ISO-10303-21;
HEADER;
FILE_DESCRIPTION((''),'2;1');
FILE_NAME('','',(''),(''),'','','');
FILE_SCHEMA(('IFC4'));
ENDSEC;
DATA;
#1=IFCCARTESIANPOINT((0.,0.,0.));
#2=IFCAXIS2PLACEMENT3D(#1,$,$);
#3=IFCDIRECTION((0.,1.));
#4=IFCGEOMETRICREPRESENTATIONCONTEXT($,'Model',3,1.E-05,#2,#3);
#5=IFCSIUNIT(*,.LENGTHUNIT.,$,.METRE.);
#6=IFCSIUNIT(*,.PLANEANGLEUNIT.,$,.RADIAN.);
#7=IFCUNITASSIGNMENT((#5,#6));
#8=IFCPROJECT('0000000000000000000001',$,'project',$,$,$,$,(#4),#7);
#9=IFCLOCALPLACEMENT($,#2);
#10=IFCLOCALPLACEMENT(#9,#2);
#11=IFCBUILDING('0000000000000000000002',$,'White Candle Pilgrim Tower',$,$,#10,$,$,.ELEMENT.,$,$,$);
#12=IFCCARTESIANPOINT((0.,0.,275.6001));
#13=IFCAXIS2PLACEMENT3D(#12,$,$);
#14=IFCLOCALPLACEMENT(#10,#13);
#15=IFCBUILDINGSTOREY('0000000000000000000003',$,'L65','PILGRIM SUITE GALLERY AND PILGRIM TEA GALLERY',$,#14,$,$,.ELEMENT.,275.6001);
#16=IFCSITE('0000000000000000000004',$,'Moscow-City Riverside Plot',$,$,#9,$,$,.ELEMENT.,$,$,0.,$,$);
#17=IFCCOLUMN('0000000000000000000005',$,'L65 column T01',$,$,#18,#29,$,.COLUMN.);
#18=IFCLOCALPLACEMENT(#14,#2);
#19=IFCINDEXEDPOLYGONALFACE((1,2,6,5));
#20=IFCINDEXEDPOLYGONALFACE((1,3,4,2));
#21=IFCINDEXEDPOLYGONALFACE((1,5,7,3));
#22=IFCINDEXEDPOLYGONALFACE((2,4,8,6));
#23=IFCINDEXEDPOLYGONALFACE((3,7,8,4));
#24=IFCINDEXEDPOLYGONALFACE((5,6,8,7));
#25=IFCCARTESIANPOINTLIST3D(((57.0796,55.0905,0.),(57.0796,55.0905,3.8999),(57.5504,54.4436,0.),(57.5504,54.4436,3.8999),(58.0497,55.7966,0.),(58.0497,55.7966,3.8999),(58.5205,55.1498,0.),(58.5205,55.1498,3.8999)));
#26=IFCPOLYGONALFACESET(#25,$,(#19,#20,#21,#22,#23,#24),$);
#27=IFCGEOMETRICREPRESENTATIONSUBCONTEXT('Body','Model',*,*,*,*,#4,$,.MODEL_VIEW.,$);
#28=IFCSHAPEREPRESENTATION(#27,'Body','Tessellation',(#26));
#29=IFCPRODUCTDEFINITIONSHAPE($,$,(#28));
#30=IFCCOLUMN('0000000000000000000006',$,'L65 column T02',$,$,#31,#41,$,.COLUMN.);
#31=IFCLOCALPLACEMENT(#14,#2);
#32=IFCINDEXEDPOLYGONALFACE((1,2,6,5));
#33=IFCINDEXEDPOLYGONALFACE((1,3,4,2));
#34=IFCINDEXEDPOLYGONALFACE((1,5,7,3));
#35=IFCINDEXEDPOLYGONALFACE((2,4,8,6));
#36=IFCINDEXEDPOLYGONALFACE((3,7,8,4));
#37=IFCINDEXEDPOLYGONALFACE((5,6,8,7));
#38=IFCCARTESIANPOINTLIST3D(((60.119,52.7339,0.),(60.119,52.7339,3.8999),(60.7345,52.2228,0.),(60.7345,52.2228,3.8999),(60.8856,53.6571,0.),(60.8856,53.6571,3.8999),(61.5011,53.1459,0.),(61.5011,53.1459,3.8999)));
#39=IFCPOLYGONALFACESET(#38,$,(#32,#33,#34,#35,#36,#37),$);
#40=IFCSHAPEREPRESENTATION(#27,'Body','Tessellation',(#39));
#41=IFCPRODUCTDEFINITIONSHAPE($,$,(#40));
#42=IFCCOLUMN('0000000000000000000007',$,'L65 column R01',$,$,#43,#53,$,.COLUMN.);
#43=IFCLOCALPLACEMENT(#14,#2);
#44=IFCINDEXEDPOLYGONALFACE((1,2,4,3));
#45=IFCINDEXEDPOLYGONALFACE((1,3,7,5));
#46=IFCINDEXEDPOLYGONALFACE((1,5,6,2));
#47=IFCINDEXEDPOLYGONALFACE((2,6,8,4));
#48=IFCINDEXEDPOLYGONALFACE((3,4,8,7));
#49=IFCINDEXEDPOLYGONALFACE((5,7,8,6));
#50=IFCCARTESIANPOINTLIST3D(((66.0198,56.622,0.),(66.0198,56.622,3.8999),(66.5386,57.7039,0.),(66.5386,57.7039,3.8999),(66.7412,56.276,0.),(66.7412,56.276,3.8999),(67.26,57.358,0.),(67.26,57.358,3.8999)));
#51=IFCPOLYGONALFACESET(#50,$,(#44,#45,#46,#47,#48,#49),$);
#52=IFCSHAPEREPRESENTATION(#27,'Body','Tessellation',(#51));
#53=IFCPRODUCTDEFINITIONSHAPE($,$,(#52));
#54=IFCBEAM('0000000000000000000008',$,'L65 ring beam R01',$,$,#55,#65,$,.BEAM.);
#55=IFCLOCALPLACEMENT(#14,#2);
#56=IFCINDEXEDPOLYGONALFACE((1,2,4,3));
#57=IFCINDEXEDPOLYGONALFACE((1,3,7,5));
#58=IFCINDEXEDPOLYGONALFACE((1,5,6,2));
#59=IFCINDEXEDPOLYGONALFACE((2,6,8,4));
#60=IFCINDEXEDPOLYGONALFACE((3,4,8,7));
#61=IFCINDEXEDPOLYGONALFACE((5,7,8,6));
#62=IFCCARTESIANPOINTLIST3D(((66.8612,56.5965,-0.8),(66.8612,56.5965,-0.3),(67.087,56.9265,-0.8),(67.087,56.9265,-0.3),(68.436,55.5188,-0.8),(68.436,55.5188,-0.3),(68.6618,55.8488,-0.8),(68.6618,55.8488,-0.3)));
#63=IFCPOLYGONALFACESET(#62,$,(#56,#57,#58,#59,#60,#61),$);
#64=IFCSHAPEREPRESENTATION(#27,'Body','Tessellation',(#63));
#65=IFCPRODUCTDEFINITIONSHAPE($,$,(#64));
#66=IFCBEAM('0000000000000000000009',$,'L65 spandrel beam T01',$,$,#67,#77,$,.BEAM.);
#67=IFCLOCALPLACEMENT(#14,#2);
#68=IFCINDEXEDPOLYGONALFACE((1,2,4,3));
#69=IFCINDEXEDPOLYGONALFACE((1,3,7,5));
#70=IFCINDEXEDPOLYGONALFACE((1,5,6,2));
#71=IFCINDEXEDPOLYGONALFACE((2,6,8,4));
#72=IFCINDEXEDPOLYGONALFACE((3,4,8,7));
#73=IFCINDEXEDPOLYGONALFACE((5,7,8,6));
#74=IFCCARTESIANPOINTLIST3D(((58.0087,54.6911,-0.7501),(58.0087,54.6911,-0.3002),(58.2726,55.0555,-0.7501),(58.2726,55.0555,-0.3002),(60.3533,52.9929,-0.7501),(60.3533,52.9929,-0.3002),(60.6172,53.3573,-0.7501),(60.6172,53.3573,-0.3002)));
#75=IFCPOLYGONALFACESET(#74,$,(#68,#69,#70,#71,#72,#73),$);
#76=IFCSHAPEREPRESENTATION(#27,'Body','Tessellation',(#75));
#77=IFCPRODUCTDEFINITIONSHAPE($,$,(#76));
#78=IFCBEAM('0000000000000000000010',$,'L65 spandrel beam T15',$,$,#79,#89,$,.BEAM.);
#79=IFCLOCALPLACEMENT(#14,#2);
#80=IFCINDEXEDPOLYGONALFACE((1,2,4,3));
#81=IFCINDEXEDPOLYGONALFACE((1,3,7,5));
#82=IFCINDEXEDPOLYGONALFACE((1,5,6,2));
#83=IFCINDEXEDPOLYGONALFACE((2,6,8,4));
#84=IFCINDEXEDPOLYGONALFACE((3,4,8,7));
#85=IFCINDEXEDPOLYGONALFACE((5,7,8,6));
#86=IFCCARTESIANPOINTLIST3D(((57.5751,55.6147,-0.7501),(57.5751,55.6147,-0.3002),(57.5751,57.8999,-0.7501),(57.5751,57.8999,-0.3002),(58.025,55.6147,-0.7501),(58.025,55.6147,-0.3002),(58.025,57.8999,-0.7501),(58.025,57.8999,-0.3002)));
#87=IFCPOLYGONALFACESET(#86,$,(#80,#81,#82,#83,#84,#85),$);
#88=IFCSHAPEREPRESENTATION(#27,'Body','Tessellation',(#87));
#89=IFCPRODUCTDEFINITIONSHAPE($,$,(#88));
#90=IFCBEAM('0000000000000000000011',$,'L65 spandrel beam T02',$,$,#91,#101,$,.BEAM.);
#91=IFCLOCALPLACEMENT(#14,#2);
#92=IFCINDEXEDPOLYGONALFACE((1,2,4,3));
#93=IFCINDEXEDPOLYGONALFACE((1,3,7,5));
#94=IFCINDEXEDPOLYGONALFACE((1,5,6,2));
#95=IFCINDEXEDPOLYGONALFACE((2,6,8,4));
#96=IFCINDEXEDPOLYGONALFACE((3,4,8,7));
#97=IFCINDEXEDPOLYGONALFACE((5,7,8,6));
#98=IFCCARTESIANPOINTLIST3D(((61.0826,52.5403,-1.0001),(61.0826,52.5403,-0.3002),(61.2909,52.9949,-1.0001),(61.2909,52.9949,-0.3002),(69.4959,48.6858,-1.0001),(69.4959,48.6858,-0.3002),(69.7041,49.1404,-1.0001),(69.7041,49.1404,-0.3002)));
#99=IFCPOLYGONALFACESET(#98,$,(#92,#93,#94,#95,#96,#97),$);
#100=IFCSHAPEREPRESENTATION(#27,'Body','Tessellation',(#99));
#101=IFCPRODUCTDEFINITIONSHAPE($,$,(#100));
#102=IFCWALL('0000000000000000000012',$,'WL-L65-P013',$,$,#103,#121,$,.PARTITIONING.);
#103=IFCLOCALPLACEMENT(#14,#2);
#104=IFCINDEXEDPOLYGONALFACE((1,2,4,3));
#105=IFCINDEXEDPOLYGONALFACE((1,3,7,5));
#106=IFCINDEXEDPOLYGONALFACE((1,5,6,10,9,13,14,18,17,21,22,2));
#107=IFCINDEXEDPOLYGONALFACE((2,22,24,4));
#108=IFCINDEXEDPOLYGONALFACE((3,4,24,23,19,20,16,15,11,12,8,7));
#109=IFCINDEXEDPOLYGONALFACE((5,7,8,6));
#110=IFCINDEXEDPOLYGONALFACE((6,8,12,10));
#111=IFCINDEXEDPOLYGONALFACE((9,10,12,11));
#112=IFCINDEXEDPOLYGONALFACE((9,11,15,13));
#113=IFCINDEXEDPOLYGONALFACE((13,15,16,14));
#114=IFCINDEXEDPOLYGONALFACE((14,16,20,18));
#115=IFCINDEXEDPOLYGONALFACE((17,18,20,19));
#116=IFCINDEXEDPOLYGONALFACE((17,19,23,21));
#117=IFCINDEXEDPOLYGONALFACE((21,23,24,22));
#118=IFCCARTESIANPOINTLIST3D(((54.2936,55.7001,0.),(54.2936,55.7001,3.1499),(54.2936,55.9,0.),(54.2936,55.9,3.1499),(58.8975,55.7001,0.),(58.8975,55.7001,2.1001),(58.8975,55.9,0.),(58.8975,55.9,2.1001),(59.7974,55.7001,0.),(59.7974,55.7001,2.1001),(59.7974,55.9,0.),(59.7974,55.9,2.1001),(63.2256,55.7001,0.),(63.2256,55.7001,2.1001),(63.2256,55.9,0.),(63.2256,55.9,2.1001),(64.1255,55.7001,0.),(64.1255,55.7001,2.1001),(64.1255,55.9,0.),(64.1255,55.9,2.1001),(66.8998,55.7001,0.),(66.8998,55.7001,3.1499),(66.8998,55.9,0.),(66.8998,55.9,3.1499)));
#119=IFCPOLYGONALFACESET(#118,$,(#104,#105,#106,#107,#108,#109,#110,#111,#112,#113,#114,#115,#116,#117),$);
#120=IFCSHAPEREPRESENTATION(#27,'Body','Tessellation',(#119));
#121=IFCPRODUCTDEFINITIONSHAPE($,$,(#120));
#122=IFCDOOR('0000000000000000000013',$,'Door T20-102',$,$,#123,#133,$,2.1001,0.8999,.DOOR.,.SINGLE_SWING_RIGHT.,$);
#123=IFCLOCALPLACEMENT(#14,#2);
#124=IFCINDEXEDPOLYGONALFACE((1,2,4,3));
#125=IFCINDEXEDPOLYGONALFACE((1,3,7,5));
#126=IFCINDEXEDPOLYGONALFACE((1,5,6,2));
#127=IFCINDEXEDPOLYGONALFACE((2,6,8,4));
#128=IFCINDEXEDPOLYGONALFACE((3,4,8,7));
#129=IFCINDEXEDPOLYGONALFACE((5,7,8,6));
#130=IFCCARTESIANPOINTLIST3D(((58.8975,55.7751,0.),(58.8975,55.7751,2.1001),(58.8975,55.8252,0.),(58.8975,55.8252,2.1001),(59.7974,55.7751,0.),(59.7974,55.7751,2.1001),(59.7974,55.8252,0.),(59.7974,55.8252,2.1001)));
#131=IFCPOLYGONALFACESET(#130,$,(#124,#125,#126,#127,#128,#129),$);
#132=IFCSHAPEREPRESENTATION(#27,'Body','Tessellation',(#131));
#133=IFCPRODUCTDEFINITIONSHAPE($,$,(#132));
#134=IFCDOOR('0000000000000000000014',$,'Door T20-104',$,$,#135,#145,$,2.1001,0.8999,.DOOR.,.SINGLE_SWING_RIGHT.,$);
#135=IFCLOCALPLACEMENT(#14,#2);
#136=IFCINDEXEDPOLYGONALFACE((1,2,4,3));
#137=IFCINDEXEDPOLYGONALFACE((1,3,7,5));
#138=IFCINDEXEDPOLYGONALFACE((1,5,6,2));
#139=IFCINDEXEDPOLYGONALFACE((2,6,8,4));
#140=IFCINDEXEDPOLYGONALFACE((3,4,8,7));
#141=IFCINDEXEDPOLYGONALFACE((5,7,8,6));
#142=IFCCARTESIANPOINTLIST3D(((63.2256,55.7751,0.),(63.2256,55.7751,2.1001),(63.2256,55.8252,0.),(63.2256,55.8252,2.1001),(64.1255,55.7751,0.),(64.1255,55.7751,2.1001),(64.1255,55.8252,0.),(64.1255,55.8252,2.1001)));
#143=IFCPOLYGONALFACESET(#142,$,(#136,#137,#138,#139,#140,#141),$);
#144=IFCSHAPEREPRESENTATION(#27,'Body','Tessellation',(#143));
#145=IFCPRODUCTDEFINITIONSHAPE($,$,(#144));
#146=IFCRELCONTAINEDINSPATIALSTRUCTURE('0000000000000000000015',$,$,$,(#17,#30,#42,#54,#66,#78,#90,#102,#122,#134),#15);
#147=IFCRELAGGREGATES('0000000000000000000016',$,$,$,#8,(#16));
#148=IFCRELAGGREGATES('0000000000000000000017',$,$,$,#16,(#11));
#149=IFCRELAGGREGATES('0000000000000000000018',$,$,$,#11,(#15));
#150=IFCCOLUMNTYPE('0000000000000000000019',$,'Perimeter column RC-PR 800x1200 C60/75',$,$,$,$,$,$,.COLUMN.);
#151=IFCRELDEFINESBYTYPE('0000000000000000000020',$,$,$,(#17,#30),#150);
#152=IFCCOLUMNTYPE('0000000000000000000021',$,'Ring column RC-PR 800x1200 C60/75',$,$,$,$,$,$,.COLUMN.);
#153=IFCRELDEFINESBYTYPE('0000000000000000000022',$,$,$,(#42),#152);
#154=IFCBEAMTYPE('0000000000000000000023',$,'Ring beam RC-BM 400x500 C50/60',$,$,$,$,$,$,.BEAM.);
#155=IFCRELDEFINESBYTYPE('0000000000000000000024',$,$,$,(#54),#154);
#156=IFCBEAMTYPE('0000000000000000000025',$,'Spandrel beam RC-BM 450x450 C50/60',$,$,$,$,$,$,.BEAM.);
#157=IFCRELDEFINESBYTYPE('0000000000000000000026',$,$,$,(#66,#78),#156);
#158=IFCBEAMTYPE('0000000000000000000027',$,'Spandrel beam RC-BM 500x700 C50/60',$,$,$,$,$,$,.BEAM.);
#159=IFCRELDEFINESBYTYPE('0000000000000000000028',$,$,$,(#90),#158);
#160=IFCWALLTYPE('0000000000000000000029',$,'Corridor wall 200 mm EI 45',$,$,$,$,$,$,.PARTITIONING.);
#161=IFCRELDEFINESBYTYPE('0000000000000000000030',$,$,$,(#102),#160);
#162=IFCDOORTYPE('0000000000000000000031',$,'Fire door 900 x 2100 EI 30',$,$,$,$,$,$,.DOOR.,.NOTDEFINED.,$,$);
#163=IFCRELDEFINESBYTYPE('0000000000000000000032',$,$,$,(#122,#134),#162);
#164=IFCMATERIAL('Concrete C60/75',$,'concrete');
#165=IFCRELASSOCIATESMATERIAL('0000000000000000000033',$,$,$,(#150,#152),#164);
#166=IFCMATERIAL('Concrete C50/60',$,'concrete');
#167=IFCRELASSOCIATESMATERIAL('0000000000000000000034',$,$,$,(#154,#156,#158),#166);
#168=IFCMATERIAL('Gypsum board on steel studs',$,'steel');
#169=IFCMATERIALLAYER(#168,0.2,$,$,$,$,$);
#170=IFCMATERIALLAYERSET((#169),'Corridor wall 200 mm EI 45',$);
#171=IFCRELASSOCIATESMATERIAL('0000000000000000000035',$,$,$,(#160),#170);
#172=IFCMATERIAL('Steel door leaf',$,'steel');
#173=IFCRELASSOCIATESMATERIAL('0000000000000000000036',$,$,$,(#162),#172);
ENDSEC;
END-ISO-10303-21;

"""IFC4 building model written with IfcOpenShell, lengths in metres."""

from ifc_helpers import new_model, si_unit, direction, frame, frame_2d, origin, origin_2d, place, context, subcontext, project, spatial, rectangle, extrude, material, layer, layer_set, material_profile, profile_set, type_object, element, fill, save


model = new_model("IFC4")

# Units and contexts
model_context = context("Model", 3, precision=1e-05, world=origin(), true_north=direction((0.0, 1.0)))
body_context = subcontext(model_context, "Body", "Model", "MODEL_VIEW")
ifc_project = project(units=[si_unit("LENGTHUNIT", "METRE"), si_unit("PLANEANGLEUNIT", "RADIAN")], contexts=[model_context])

# Site, building, storey
site_placement = place(None, origin())
site = spatial("IfcSite", under=ifc_project, at=site_placement, Name="Moscow-City Riverside Plot", CompositionType="ELEMENT", RefElevation=0.0)
building_placement = place(site_placement, origin())
building = spatial("IfcBuilding", under=site, at=building_placement, Name="White Candle Pilgrim Tower", CompositionType="ELEMENT")
storey_placement = place(building_placement, frame((0.0, 0.0, 275.6001)))
storey = spatial("IfcBuildingStorey", under=building, at=storey_placement, Name="L65", Description="PILGRIM SUITE GALLERY AND PILGRIM TEA GALLERY", CompositionType="ELEMENT", Elevation=275.6001)

# Columns
ifc_material_1 = material(Name="Concrete C60/75", Category="concrete")
ifc_material_profile_1 = material_profile(ifc_material_1, rectangle(XDim=0.8, YDim=1.2, at=origin_2d()), Name="RC-PR 800x1200")
ifc_profile_set_1 = profile_set([ifc_material_profile_1], Name="Concrete C60/75")
column_type_1 = type_object("IfcColumnType", Name="Perimeter column RC-PR 800x1200 C60/75", PredefinedType="COLUMN", material=ifc_profile_set_1)
for number, where, z_axis, x_axis, name in (
    (1, (57.8, 55.1201, 0.0), (0.0, 0.0, 1.0), (-0.588463, 0.808524, 0.0), "L65 column T01"),
    (2, (60.8101, 52.9399, 0.0), (0.0, 0.0, 1.0), (-0.76931, 0.638875, 0.0), "L65 column T02"),
):
    element("IfcColumn", number, at=place(storey_placement, frame(where, z_axis=z_axis, x_axis=x_axis)), inside=storey, type_object=column_type_1, Name=name, PredefinedType="COLUMN", context=body_context, shape_type="SweptSolid", body=[
        extrude(rectangle(XDim=0.8, YDim=1.2, at=origin_2d()), origin(), (0.0, 0.0, 1.0), 3.8999),
    ])
ifc_material_profile_2 = material_profile(ifc_material_1, rectangle(XDim=0.8, YDim=1.2, at=origin_2d()), Name="RC-PR 800x1200")
ifc_profile_set_2 = profile_set([ifc_material_profile_2], Name="Concrete C60/75")
column_type_2 = type_object("IfcColumnType", Name="Ring column RC-PR 800x1200 C60/75", PredefinedType="COLUMN", material=ifc_profile_set_2)
column_placement = place(storey_placement, frame((66.6399, 56.99, 0.0), z_axis=(0.0, 0.0, 1.0), x_axis=(-0.901689, 0.432385, 0.0)))
element("IfcColumn", 3, at=column_placement, inside=storey, type_object=column_type_2, Name="L65 column R01", PredefinedType="COLUMN", context=body_context, shape_type="SweptSolid", body=[
    extrude(rectangle(XDim=0.8, YDim=1.2, at=origin_2d()), origin(), (0.0, 0.0, 1.0), 3.8999),
])

# Beams
ifc_material_2 = material(Name="Concrete C50/60", Category="concrete")
ifc_material_profile_3 = material_profile(ifc_material_2, rectangle(XDim=0.3999, YDim=0.5, at=origin_2d()), Name="RC-BM 400x500")
ifc_profile_set_3 = profile_set([ifc_material_profile_3], Name="Concrete C50/60")
beam_type_1 = type_object("IfcBeamType", Name="Ring beam RC-BM 400x500 C50/60", PredefinedType="BEAM", material=ifc_profile_set_3)
beam_1_placement = place(storey_placement, frame((66.9741, 56.7615, -0.55), z_axis=(0.825257, -0.564757, 0.0), x_axis=(0.564757, 0.825257, 0.0)))
element("IfcBeam", 4, at=beam_1_placement, inside=storey, type_object=beam_type_1, Name="L65 ring beam R01", PredefinedType="BEAM", context=body_context, shape_type="SweptSolid", body=[
    extrude(rectangle(XDim=0.3999, YDim=0.5, at=origin_2d()), origin(), (0.0, 0.0, 1.0), 1.9082),
])
ifc_material_profile_4 = material_profile(ifc_material_2, rectangle(XDim=0.45, YDim=0.45, at=origin_2d()), Name="RC-BM 450x450")
ifc_profile_set_4 = profile_set([ifc_material_profile_4], Name="Concrete C50/60")
beam_type_2 = type_object("IfcBeamType", Name="Spandrel beam RC-BM 450x450 C50/60", PredefinedType="BEAM", material=ifc_profile_set_4)
beam_2_placement = place(storey_placement, frame((58.1406, 54.8733, -0.5251), z_axis=(0.809887, -0.586586, 0.0), x_axis=(0.586586, 0.809887, 0.0)))
element("IfcBeam", 5, at=beam_2_placement, inside=storey, type_object=beam_type_2, Name="L65 spandrel beam T01", PredefinedType="BEAM", context=body_context, shape_type="SweptSolid", body=[
    extrude(rectangle(XDim=0.45, YDim=0.45, at=origin_2d()), origin(), (0.0, 0.0, 1.0), 2.895),
])
beam_3_placement = place(storey_placement, frame((57.8, 55.6147, -0.5251), z_axis=(0.0, 1.0, 0.0), x_axis=(-1.0, 0.0, 0.0)))
element("IfcBeam", 6, at=beam_3_placement, inside=storey, type_object=beam_type_2, Name="L65 spandrel beam T15", PredefinedType="BEAM", context=body_context, shape_type="SweptSolid", body=[
    extrude(rectangle(XDim=0.45, YDim=0.45, at=origin_2d()), origin(), (0.0, 0.0, 1.0), 2.2852),
])
ifc_material_profile_5 = material_profile(ifc_material_2, rectangle(XDim=0.5, YDim=0.7, at=origin_2d()), Name="RC-BM 500x700")
ifc_profile_set_5 = profile_set([ifc_material_profile_5], Name="Concrete C50/60")
beam_type_3 = type_object("IfcBeamType", Name="Spandrel beam RC-BM 500x700 C50/60", PredefinedType="BEAM", material=ifc_profile_set_5)
beam_4_placement = place(storey_placement, frame((61.1868, 52.7676, -0.6501), z_axis=(0.909131, -0.41651, 0.0), x_axis=(0.41651, 0.909131, 0.0)))
element("IfcBeam", 7, at=beam_4_placement, inside=storey, type_object=beam_type_3, Name="L65 spandrel beam T02", PredefinedType="BEAM", context=body_context, shape_type="SweptSolid", body=[
    extrude(rectangle(XDim=0.5, YDim=0.7, at=origin_2d()), origin(), (0.0, 0.0, 1.0), 9.2542),
])

# Wall, openings, doors
ifc_material_3 = material(Name="Gypsum board on steel studs", Category="steel")
ifc_layer_1 = layer(ifc_material_3, 0.2)
ifc_layer_set_1 = layer_set([ifc_layer_1], Name="Corridor wall 200 mm EI 45")
wall_type_1 = type_object("IfcWallType", Name="Corridor wall 200 mm EI 45", PredefinedType="PARTITIONING", material=ifc_layer_set_1)
wall_1_placement = place(storey_placement, frame((66.8999, 55.8, 0.0), z_axis=(0.0, 0.0, 1.0), x_axis=(-1.0, 0.0, 0.0)))
wall_1 = element("IfcWall", 8, at=wall_1_placement, inside=storey, type_object=wall_type_1, Name="WL-L65-P013", PredefinedType="PARTITIONING", context=body_context, shape_type="SweptSolid", body=[
    extrude(rectangle(XDim=12.6062, YDim=0.2, at=frame_2d((6.3032, 0.0))), origin(), (0.0, 0.0, 1.0), 3.1499),
])
opening_1_placement = place(wall_1_placement, frame((7.1025, 0.0, 0.0)))
opening_1 = element("IfcOpeningElement", 9, at=opening_1_placement, cuts=wall_1, PredefinedType="OPENING", context=body_context, shape_type="SweptSolid", body=[
    extrude(rectangle(XDim=0.8999, YDim=2.1001, at=frame_2d((0.45, 1.05))), frame((0.0, 0.1099, 0.0), z_axis=(0.0, -1.0, 0.0), x_axis=(1.0, 0.0, 0.0)), (0.0, 0.0, 1.0), 0.22),
])
opening_2_placement = place(wall_1_placement, frame((2.7744, 0.0, 0.0)))
opening_2 = element("IfcOpeningElement", 10, at=opening_2_placement, cuts=wall_1, PredefinedType="OPENING", context=body_context, shape_type="SweptSolid", body=[
    extrude(rectangle(XDim=0.8999, YDim=2.1001, at=frame_2d((0.45, 1.05))), frame((0.0, 0.1099, 0.0), z_axis=(0.0, -1.0, 0.0), x_axis=(1.0, 0.0, 0.0)), (0.0, 0.0, 1.0), 0.22),
])
ifc_material_4 = material(Name="Steel door leaf", Category="steel")
door_type_1 = type_object("IfcDoorType", Name="Fire door 900 x 2100 EI 30", OperationType="NOTDEFINED", PredefinedType="DOOR", material=ifc_material_4)
door_1_placement = place(opening_1_placement, origin())
door_1 = element("IfcDoor", 11, at=door_1_placement, inside=storey, type_object=door_type_1, Name="Door T20-102", OperationType="SINGLE_SWING_RIGHT", OverallHeight=2.1001, OverallWidth=0.8999, PredefinedType="DOOR", context=body_context, shape_type="SweptSolid", body=[
    extrude(rectangle(XDim=0.8999, YDim=2.1001, at=frame_2d((0.45, 1.05))), frame((0.0, 0.0249, 0.0), z_axis=(0.0, -1.0, 0.0), x_axis=(1.0, 0.0, 0.0)), (0.0, 0.0, 1.0), 0.05),
])
fill(opening_1, door_1)
door_2_placement = place(opening_2_placement, origin())
door_2 = element("IfcDoor", 12, at=door_2_placement, inside=storey, type_object=door_type_1, Name="Door T20-104", OperationType="SINGLE_SWING_RIGHT", OverallHeight=2.1001, OverallWidth=0.8999, PredefinedType="DOOR", context=body_context, shape_type="SweptSolid", body=[
    extrude(rectangle(XDim=0.8999, YDim=2.1001, at=frame_2d((0.45, 1.05))), frame((0.0, 0.0249, 0.0), z_axis=(0.0, -1.0, 0.0), x_axis=(1.0, 0.0, 0.0)), (0.0, 0.0, 1.0), 0.05),
])
fill(opening_2, door_2)

save(model, "model.ifc")
